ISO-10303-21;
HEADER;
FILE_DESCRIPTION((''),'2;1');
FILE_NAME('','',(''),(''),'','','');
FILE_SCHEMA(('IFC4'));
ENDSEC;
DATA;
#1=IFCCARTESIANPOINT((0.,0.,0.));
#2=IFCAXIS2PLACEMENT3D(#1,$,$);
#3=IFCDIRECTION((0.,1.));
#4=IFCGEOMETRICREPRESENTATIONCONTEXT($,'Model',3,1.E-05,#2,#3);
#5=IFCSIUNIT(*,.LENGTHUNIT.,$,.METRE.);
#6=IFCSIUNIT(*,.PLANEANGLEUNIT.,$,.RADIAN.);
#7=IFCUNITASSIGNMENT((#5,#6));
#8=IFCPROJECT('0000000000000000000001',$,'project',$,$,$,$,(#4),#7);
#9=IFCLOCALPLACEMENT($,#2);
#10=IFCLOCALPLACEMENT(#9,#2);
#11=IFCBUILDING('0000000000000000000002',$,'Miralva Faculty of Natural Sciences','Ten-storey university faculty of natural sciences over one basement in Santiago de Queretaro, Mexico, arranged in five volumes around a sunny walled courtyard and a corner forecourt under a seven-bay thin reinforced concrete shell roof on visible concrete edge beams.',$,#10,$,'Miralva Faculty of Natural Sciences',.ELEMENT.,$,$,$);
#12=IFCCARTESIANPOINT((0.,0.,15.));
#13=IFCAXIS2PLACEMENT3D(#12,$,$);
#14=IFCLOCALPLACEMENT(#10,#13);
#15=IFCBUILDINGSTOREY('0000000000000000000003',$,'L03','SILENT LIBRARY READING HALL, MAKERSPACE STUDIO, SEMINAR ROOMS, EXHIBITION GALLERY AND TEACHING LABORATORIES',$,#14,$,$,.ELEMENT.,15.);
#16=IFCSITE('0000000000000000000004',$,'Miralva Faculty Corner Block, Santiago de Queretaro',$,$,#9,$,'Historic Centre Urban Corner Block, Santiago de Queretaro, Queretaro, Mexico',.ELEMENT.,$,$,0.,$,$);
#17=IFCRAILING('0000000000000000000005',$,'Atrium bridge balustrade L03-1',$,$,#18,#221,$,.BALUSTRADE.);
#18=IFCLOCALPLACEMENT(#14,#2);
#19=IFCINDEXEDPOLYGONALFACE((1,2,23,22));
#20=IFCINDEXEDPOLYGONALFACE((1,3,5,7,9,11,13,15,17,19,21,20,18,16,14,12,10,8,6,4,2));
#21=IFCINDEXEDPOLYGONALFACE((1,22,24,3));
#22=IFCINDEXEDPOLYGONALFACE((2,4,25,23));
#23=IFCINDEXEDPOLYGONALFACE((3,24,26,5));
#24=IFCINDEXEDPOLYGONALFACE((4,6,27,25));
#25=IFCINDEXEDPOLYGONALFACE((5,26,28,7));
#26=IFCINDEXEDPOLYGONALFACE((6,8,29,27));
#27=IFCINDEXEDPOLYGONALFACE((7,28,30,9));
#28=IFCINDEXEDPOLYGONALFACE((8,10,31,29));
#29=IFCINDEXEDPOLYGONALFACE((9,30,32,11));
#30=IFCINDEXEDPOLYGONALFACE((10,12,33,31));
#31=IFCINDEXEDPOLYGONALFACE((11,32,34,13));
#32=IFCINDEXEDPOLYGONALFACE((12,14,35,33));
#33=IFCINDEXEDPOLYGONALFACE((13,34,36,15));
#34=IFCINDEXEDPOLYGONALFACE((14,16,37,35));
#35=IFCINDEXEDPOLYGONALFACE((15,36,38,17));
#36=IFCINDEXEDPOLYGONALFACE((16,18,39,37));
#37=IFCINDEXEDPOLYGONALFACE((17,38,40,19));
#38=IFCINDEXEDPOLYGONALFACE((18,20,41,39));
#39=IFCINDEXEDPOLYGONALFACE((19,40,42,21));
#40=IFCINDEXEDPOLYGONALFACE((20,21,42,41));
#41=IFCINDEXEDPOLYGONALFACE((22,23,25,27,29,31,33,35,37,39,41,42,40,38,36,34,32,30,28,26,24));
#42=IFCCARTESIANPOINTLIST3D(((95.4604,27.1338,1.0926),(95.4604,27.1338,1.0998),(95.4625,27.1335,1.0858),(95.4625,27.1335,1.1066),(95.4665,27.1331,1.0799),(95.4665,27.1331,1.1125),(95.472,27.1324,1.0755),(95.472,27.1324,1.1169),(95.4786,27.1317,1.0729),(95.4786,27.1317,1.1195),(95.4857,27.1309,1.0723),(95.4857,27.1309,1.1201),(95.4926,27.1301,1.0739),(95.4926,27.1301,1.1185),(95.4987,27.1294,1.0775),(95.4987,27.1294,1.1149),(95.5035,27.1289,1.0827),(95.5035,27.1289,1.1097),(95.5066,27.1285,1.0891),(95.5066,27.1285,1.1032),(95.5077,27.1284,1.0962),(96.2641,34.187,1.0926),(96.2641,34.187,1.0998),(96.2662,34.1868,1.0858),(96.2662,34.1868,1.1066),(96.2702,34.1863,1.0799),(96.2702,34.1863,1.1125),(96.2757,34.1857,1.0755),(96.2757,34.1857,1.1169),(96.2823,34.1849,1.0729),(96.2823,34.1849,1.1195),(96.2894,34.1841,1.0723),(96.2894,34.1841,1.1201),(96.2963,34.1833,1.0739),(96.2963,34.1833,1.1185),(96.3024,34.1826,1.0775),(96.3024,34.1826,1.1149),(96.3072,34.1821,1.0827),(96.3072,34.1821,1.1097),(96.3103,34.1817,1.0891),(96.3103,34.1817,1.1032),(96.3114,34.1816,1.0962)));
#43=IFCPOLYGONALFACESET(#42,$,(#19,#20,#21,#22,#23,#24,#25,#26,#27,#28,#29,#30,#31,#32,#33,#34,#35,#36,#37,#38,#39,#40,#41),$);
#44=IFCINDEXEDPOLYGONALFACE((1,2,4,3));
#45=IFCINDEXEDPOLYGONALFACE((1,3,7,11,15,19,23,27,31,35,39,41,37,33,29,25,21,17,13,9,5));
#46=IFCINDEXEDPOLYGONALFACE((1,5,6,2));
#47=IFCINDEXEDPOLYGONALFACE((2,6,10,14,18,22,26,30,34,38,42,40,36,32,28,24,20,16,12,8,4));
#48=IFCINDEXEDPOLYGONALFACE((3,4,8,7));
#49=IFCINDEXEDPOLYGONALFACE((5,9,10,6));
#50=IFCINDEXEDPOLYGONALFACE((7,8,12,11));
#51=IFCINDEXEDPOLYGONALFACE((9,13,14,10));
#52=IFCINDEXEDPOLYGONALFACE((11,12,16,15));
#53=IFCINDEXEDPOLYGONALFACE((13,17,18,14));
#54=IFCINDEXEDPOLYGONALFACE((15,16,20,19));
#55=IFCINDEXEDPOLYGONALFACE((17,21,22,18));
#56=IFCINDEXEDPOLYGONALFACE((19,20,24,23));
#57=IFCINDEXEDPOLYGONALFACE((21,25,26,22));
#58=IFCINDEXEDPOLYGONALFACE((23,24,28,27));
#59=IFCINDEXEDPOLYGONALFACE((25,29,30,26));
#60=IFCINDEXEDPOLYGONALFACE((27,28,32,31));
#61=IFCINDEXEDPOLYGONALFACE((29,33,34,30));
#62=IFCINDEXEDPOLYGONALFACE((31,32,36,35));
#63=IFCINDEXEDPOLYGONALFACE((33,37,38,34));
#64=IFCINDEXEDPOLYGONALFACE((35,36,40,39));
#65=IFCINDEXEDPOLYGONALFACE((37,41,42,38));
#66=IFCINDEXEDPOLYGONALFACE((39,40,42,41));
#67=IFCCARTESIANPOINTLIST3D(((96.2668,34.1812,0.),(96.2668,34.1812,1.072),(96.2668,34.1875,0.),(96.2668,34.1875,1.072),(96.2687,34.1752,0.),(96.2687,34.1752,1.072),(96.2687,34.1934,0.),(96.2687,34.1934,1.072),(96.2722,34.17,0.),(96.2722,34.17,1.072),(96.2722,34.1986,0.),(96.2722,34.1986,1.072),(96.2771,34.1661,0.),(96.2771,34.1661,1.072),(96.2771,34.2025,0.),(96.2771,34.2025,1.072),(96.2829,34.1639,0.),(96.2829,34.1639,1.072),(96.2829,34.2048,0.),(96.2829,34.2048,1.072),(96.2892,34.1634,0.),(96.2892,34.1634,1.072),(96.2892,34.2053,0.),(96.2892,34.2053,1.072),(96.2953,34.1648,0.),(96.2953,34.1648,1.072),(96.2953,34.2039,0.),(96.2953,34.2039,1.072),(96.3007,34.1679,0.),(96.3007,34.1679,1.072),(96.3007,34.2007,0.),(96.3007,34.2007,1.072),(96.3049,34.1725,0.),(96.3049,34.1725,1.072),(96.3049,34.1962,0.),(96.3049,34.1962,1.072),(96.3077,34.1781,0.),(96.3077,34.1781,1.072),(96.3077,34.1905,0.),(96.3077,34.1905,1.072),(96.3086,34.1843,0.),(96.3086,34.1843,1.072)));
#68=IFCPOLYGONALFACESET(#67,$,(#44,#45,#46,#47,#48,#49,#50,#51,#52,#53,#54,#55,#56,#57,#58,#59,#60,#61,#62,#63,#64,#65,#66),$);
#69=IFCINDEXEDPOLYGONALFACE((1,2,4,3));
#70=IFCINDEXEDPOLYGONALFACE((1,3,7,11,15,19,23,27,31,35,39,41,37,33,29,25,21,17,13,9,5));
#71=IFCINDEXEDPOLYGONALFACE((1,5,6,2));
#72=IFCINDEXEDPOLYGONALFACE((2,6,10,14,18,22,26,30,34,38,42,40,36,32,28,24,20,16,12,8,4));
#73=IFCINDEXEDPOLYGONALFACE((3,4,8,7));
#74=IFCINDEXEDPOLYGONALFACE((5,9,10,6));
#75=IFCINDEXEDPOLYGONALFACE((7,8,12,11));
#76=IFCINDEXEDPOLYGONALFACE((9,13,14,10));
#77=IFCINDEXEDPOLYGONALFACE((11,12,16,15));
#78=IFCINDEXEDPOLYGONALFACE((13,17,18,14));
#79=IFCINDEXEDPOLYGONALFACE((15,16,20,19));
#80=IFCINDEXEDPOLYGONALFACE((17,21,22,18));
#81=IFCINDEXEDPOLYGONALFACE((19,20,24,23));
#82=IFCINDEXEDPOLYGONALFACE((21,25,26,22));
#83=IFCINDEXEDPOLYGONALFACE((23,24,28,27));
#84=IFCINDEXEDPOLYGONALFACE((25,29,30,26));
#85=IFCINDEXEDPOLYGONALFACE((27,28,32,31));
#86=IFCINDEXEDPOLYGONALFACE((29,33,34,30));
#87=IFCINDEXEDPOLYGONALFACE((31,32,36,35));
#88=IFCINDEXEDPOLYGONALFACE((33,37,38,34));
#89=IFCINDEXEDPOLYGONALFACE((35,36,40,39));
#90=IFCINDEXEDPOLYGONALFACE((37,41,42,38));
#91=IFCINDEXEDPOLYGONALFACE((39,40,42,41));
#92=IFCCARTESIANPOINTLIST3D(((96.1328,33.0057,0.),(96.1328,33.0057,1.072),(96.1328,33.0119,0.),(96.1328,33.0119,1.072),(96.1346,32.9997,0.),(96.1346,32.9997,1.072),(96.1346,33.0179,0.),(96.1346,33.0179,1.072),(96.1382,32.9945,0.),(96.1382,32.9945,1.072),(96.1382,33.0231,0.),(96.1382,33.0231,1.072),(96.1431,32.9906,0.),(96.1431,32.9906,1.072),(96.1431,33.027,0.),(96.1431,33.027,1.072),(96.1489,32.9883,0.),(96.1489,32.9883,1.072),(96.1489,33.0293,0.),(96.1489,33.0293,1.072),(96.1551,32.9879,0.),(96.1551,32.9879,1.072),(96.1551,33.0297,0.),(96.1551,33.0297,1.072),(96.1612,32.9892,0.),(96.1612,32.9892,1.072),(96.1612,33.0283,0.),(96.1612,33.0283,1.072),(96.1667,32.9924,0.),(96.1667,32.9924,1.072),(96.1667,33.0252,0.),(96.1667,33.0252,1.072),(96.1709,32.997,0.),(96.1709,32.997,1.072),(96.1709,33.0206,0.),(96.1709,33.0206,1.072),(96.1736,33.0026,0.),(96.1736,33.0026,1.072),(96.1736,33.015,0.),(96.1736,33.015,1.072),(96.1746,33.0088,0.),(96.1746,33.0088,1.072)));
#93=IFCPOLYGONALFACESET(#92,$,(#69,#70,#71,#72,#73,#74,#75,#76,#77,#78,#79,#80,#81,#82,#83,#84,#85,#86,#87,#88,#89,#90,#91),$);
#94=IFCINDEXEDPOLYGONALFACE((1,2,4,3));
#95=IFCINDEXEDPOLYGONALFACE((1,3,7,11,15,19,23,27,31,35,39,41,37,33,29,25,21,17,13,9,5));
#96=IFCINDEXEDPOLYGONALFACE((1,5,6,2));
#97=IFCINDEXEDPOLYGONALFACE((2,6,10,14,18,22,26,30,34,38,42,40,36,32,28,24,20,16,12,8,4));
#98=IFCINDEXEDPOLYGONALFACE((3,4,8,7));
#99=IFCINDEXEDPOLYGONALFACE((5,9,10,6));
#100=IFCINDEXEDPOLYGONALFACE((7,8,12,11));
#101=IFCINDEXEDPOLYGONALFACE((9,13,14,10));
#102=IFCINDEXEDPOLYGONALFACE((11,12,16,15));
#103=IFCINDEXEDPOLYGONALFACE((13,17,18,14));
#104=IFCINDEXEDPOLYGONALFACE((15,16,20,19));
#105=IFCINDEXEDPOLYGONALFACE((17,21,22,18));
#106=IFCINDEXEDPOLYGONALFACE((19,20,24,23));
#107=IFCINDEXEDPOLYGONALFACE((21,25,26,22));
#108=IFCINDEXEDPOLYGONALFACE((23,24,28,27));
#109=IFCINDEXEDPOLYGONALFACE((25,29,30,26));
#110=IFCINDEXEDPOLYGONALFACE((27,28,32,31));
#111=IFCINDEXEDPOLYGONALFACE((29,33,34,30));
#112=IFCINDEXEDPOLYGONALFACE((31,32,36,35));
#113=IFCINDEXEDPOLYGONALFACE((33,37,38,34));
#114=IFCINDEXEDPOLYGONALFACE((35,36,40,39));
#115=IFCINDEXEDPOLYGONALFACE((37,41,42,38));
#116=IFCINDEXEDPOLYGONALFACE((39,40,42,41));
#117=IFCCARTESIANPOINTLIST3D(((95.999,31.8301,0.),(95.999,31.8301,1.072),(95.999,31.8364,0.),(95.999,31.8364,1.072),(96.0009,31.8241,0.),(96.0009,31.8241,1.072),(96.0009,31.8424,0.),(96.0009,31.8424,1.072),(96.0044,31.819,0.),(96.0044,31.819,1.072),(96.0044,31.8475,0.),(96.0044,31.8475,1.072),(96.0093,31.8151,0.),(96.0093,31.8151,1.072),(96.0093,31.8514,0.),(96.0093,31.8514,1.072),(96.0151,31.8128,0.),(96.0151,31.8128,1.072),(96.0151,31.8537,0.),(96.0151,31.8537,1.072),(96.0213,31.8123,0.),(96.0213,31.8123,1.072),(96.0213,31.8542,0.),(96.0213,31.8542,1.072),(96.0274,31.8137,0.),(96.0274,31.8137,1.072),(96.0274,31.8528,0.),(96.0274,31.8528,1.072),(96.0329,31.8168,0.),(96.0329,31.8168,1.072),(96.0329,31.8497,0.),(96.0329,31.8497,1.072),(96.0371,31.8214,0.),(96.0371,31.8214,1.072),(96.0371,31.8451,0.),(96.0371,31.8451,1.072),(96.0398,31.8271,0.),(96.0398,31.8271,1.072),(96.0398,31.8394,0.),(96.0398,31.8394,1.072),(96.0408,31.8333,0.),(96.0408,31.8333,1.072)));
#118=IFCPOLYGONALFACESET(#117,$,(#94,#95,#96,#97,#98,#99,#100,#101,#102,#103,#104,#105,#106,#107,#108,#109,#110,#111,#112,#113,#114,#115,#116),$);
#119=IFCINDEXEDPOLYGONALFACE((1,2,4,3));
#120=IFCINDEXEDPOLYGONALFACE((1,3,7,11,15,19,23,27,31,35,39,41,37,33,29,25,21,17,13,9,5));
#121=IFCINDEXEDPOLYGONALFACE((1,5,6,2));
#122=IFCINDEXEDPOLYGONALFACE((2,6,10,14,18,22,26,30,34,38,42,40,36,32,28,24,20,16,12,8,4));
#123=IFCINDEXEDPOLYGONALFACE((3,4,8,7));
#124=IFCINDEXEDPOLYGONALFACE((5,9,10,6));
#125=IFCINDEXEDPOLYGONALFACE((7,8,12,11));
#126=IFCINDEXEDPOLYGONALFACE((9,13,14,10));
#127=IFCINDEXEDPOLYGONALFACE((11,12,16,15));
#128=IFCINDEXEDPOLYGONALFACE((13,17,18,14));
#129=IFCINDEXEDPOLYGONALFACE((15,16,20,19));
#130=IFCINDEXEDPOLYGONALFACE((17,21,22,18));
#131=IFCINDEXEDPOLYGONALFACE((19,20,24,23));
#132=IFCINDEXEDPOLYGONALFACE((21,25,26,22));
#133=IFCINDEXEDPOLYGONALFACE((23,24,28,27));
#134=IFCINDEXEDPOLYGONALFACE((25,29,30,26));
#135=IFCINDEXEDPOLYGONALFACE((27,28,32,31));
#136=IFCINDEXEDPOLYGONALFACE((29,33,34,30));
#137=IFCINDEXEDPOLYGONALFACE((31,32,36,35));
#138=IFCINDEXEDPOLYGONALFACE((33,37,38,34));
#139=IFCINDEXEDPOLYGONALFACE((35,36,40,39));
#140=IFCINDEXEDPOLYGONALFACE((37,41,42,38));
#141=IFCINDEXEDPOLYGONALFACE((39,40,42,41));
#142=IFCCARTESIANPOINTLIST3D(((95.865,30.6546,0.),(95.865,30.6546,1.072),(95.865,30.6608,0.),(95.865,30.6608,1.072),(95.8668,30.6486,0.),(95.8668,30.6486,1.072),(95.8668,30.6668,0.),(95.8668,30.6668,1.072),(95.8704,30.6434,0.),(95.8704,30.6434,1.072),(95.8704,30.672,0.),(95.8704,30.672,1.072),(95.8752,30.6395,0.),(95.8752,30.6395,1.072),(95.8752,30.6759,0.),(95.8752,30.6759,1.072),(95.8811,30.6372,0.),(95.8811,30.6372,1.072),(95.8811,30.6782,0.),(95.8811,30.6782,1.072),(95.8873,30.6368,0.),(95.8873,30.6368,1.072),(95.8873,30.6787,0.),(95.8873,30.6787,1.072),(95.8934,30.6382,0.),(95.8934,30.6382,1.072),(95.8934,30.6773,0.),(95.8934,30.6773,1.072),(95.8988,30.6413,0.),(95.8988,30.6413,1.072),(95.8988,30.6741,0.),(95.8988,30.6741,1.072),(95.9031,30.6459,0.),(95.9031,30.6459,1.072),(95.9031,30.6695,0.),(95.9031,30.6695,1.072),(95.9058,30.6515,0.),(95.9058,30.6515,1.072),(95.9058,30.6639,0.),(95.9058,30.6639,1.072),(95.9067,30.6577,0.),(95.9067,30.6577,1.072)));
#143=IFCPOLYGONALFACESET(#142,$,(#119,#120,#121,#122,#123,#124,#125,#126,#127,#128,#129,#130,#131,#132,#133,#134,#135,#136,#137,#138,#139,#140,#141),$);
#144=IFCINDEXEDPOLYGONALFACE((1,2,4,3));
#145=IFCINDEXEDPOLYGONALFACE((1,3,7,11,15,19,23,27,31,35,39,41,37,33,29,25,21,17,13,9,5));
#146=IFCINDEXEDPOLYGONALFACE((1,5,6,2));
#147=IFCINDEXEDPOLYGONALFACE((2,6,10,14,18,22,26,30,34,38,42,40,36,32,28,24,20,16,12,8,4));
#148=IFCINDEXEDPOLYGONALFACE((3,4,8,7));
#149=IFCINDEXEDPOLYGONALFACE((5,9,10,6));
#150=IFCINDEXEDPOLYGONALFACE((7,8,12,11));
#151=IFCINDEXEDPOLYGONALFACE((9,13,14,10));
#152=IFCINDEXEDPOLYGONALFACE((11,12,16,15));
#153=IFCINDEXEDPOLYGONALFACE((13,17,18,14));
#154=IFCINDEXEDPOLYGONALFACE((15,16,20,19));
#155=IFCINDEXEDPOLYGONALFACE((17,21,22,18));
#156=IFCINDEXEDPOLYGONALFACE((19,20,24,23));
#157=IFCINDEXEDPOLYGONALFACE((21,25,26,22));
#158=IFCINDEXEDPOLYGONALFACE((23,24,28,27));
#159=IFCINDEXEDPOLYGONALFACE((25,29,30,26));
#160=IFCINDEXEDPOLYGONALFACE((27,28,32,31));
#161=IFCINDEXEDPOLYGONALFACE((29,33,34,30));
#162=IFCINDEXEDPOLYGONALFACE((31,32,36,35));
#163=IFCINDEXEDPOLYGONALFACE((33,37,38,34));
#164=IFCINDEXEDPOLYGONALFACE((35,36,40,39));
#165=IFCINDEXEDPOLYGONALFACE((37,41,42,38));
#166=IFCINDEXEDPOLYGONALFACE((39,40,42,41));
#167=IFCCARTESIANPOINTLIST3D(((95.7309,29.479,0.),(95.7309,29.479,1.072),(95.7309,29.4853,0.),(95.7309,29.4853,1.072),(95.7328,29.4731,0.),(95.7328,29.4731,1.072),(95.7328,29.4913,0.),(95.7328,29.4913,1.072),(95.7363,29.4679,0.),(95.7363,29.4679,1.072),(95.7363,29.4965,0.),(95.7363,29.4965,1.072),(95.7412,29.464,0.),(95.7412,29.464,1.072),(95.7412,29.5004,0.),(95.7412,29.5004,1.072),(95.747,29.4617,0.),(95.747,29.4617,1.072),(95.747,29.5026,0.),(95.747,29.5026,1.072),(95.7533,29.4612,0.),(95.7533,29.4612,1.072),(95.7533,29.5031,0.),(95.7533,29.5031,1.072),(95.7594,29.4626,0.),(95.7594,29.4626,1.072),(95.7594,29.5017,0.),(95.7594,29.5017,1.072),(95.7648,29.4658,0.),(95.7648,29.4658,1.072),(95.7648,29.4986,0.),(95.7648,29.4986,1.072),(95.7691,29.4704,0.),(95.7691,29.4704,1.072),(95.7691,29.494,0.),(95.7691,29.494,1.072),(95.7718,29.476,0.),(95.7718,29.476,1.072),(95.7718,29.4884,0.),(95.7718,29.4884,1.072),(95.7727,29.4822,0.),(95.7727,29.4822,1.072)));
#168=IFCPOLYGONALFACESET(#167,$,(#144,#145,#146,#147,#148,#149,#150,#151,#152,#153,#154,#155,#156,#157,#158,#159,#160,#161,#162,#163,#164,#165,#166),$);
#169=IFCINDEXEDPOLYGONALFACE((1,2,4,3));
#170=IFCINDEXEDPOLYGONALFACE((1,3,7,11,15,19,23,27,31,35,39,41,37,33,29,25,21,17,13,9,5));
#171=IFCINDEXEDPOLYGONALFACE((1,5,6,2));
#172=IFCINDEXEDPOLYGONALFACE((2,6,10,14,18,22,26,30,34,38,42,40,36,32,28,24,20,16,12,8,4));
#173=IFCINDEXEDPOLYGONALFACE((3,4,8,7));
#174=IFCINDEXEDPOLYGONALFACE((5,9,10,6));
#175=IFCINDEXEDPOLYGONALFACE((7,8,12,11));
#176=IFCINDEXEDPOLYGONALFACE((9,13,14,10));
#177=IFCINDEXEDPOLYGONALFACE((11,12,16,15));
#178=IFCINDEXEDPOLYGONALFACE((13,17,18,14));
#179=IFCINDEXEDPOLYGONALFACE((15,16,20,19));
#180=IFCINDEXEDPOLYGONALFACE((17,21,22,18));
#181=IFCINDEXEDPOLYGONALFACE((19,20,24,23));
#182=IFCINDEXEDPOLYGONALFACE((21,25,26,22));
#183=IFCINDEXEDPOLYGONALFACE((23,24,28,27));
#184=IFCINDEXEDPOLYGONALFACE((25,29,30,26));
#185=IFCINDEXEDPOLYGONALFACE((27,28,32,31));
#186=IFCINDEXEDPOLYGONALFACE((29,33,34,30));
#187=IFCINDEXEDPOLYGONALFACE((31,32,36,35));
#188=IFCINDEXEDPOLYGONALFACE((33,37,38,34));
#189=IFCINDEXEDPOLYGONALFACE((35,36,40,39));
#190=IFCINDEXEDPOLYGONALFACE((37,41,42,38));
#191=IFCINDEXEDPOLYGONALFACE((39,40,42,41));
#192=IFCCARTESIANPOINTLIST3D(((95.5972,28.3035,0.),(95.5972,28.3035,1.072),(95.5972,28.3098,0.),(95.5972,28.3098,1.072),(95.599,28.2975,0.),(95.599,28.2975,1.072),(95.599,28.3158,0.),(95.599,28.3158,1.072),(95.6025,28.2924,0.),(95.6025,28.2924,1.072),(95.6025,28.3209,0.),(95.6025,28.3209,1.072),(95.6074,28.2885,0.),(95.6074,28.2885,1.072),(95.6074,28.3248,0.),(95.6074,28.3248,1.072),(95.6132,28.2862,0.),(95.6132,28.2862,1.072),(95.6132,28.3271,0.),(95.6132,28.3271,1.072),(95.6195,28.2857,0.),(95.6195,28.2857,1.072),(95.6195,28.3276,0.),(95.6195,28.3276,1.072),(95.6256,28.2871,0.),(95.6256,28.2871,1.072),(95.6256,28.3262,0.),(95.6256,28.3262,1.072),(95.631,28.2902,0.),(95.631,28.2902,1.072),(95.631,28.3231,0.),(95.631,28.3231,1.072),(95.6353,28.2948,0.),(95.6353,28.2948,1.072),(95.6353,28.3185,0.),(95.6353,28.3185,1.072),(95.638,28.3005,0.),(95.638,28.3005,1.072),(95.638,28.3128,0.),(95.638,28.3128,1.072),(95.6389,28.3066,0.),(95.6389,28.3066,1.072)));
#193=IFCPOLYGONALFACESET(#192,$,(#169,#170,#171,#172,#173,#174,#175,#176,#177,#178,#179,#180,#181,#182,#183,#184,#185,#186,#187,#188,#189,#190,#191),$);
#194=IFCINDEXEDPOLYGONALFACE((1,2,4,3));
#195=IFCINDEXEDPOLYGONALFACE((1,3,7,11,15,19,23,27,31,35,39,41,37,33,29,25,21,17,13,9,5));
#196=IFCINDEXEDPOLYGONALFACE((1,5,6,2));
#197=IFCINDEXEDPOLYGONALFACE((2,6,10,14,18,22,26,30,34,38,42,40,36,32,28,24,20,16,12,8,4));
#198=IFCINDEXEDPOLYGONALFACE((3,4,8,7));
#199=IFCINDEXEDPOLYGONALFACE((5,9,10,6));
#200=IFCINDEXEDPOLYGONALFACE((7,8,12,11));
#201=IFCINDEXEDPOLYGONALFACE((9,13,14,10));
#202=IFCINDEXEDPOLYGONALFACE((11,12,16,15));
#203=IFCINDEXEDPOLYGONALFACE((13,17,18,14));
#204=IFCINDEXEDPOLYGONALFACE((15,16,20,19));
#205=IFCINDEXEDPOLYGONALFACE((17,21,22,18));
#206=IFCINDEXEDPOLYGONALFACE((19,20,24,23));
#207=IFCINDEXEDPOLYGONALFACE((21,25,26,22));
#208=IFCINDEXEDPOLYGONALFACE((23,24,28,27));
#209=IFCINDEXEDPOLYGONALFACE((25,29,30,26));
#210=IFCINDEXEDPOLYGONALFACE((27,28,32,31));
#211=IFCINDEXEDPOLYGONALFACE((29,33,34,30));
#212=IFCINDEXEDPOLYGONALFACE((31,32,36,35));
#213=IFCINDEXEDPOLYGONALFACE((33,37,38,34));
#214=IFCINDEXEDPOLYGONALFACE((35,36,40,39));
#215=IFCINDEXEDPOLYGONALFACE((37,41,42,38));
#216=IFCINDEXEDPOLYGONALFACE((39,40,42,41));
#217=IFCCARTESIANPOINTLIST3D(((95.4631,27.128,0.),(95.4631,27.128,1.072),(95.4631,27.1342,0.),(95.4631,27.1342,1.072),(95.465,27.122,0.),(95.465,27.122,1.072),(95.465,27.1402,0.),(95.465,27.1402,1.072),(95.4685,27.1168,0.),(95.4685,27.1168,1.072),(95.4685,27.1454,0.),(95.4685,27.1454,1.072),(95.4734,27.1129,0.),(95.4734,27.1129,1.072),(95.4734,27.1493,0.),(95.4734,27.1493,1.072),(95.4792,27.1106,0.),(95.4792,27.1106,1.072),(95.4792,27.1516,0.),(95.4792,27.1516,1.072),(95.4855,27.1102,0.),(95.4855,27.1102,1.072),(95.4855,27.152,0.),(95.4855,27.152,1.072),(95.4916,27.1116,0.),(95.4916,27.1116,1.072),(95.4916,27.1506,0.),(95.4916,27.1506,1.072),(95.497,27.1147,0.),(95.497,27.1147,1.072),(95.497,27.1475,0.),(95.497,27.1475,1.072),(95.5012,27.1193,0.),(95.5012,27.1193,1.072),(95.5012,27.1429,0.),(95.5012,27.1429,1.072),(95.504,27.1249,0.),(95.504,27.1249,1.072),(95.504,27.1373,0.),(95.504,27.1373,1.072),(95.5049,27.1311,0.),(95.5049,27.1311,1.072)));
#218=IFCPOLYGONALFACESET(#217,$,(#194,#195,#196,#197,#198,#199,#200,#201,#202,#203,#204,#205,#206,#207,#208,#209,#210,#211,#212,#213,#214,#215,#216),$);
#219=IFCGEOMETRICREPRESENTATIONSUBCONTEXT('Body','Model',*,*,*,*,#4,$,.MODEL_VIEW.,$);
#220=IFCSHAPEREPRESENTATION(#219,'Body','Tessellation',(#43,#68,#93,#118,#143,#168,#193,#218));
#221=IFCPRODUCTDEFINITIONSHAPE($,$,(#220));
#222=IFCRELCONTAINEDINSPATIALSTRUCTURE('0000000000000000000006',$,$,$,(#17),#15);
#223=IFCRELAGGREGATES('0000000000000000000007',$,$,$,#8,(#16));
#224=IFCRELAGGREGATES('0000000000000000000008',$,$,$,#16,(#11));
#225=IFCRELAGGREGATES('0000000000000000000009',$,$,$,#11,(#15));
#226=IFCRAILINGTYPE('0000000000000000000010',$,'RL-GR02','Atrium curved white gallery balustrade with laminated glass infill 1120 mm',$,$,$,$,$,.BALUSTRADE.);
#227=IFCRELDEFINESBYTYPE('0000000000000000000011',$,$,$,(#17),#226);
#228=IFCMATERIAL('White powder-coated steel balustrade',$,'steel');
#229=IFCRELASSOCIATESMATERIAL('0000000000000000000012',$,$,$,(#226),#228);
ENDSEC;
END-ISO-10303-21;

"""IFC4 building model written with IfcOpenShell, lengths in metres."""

from ifc_helpers import new_model, si_unit, direction, frame, origin, origin_2d, place, context, subcontext, project, spatial, circle, extrude, material, type_object, element, save


model = new_model("IFC4")

# Units and contexts
model_context = context("Model", 3, precision=1e-05, world=origin(), true_north=direction((0.0, 1.0)))
body_context = subcontext(model_context, "Body", "Model", "MODEL_VIEW")
ifc_project = project(units=[si_unit("LENGTHUNIT", "METRE"), si_unit("PLANEANGLEUNIT", "RADIAN")], contexts=[model_context])

# Site, building, storey
site_placement = place(None, origin())
site = spatial("IfcSite", under=ifc_project, at=site_placement, Name="Miralva Faculty Corner Block, Santiago de Queretaro", LongName="Historic Centre Urban Corner Block, Santiago de Queretaro, Queretaro, Mexico", CompositionType="ELEMENT", RefElevation=0.0)
building_placement = place(site_placement, origin())
building = spatial("IfcBuilding", under=site, at=building_placement, Name="Miralva Faculty of Natural Sciences", Description="Ten-storey university faculty of natural sciences over one basement in Santiago de Queretaro, Mexico, arranged in five volumes around a sunny walled courtyard and a corner forecourt under a seven-bay thin reinforced concrete shell roof on visible concrete edge beams.", LongName="Miralva Faculty of Natural Sciences", CompositionType="ELEMENT")
storey_placement = place(building_placement, frame((0.0, 0.0, 15.0)))
storey = spatial("IfcBuildingStorey", under=building, at=storey_placement, Name="L03", Description="SILENT LIBRARY READING HALL, MAKERSPACE STUDIO, SEMINAR ROOMS, EXHIBITION GALLERY AND TEACHING LABORATORIES", CompositionType="ELEMENT", Elevation=15.0)

# Railing
ifc_material_1 = material(Name="White powder-coated steel balustrade", Category="steel")
railing_type = type_object("IfcRailingType", Name="RL-GR02", Description="Atrium curved white gallery balustrade with laminated glass infill 1120 mm", PredefinedType="BALUSTRADE", material=ifc_material_1)
railing_1_placement = place(storey_placement, frame((96.2876, 34.1843, 0.0)))
element("IfcRailing", 1, at=railing_1_placement, inside=storey, type_object=railing_type, Name="Atrium bridge balustrade L03-1", PredefinedType="BALUSTRADE", context=body_context, shape_type="SweptSolid", body=[
    extrude(circle(Radius=0.0239, at=origin_2d()), frame((0.0, 0.0, 1.0962), z_axis=(-0.113217, -0.99357, 0.0), x_axis=(0.99357, -0.113217, 0.0)), (0.0, 0.0, 1.0), 7.0989),
    extrude(circle(Radius=0.021, at=origin_2d()), origin(), (0.0, 0.0, 1.0), 1.072),
    extrude(circle(Radius=0.021, at=origin_2d()), frame((-0.134, -1.1755, 0.0)), (0.0, 0.0, 1.0), 1.072),
    extrude(circle(Radius=0.021, at=origin_2d()), frame((-0.2678, -2.3511, 0.0)), (0.0, 0.0, 1.0), 1.072),
    extrude(circle(Radius=0.021, at=origin_2d()), frame((-0.4019, -3.5266, 0.0)), (0.0, 0.0, 1.0), 1.072),
    extrude(circle(Radius=0.021, at=origin_2d()), frame((-0.5359, -4.7021, 0.0)), (0.0, 0.0, 1.0), 1.072),
    extrude(circle(Radius=0.021, at=origin_2d()), frame((-0.6697, -5.8777, 0.0)), (0.0, 0.0, 1.0), 1.072),
    extrude(circle(Radius=0.021, at=origin_2d()), frame((-0.8037, -7.0532, 0.0)), (0.0, 0.0, 1.0), 1.072),
])

save(model, "model.ifc")
